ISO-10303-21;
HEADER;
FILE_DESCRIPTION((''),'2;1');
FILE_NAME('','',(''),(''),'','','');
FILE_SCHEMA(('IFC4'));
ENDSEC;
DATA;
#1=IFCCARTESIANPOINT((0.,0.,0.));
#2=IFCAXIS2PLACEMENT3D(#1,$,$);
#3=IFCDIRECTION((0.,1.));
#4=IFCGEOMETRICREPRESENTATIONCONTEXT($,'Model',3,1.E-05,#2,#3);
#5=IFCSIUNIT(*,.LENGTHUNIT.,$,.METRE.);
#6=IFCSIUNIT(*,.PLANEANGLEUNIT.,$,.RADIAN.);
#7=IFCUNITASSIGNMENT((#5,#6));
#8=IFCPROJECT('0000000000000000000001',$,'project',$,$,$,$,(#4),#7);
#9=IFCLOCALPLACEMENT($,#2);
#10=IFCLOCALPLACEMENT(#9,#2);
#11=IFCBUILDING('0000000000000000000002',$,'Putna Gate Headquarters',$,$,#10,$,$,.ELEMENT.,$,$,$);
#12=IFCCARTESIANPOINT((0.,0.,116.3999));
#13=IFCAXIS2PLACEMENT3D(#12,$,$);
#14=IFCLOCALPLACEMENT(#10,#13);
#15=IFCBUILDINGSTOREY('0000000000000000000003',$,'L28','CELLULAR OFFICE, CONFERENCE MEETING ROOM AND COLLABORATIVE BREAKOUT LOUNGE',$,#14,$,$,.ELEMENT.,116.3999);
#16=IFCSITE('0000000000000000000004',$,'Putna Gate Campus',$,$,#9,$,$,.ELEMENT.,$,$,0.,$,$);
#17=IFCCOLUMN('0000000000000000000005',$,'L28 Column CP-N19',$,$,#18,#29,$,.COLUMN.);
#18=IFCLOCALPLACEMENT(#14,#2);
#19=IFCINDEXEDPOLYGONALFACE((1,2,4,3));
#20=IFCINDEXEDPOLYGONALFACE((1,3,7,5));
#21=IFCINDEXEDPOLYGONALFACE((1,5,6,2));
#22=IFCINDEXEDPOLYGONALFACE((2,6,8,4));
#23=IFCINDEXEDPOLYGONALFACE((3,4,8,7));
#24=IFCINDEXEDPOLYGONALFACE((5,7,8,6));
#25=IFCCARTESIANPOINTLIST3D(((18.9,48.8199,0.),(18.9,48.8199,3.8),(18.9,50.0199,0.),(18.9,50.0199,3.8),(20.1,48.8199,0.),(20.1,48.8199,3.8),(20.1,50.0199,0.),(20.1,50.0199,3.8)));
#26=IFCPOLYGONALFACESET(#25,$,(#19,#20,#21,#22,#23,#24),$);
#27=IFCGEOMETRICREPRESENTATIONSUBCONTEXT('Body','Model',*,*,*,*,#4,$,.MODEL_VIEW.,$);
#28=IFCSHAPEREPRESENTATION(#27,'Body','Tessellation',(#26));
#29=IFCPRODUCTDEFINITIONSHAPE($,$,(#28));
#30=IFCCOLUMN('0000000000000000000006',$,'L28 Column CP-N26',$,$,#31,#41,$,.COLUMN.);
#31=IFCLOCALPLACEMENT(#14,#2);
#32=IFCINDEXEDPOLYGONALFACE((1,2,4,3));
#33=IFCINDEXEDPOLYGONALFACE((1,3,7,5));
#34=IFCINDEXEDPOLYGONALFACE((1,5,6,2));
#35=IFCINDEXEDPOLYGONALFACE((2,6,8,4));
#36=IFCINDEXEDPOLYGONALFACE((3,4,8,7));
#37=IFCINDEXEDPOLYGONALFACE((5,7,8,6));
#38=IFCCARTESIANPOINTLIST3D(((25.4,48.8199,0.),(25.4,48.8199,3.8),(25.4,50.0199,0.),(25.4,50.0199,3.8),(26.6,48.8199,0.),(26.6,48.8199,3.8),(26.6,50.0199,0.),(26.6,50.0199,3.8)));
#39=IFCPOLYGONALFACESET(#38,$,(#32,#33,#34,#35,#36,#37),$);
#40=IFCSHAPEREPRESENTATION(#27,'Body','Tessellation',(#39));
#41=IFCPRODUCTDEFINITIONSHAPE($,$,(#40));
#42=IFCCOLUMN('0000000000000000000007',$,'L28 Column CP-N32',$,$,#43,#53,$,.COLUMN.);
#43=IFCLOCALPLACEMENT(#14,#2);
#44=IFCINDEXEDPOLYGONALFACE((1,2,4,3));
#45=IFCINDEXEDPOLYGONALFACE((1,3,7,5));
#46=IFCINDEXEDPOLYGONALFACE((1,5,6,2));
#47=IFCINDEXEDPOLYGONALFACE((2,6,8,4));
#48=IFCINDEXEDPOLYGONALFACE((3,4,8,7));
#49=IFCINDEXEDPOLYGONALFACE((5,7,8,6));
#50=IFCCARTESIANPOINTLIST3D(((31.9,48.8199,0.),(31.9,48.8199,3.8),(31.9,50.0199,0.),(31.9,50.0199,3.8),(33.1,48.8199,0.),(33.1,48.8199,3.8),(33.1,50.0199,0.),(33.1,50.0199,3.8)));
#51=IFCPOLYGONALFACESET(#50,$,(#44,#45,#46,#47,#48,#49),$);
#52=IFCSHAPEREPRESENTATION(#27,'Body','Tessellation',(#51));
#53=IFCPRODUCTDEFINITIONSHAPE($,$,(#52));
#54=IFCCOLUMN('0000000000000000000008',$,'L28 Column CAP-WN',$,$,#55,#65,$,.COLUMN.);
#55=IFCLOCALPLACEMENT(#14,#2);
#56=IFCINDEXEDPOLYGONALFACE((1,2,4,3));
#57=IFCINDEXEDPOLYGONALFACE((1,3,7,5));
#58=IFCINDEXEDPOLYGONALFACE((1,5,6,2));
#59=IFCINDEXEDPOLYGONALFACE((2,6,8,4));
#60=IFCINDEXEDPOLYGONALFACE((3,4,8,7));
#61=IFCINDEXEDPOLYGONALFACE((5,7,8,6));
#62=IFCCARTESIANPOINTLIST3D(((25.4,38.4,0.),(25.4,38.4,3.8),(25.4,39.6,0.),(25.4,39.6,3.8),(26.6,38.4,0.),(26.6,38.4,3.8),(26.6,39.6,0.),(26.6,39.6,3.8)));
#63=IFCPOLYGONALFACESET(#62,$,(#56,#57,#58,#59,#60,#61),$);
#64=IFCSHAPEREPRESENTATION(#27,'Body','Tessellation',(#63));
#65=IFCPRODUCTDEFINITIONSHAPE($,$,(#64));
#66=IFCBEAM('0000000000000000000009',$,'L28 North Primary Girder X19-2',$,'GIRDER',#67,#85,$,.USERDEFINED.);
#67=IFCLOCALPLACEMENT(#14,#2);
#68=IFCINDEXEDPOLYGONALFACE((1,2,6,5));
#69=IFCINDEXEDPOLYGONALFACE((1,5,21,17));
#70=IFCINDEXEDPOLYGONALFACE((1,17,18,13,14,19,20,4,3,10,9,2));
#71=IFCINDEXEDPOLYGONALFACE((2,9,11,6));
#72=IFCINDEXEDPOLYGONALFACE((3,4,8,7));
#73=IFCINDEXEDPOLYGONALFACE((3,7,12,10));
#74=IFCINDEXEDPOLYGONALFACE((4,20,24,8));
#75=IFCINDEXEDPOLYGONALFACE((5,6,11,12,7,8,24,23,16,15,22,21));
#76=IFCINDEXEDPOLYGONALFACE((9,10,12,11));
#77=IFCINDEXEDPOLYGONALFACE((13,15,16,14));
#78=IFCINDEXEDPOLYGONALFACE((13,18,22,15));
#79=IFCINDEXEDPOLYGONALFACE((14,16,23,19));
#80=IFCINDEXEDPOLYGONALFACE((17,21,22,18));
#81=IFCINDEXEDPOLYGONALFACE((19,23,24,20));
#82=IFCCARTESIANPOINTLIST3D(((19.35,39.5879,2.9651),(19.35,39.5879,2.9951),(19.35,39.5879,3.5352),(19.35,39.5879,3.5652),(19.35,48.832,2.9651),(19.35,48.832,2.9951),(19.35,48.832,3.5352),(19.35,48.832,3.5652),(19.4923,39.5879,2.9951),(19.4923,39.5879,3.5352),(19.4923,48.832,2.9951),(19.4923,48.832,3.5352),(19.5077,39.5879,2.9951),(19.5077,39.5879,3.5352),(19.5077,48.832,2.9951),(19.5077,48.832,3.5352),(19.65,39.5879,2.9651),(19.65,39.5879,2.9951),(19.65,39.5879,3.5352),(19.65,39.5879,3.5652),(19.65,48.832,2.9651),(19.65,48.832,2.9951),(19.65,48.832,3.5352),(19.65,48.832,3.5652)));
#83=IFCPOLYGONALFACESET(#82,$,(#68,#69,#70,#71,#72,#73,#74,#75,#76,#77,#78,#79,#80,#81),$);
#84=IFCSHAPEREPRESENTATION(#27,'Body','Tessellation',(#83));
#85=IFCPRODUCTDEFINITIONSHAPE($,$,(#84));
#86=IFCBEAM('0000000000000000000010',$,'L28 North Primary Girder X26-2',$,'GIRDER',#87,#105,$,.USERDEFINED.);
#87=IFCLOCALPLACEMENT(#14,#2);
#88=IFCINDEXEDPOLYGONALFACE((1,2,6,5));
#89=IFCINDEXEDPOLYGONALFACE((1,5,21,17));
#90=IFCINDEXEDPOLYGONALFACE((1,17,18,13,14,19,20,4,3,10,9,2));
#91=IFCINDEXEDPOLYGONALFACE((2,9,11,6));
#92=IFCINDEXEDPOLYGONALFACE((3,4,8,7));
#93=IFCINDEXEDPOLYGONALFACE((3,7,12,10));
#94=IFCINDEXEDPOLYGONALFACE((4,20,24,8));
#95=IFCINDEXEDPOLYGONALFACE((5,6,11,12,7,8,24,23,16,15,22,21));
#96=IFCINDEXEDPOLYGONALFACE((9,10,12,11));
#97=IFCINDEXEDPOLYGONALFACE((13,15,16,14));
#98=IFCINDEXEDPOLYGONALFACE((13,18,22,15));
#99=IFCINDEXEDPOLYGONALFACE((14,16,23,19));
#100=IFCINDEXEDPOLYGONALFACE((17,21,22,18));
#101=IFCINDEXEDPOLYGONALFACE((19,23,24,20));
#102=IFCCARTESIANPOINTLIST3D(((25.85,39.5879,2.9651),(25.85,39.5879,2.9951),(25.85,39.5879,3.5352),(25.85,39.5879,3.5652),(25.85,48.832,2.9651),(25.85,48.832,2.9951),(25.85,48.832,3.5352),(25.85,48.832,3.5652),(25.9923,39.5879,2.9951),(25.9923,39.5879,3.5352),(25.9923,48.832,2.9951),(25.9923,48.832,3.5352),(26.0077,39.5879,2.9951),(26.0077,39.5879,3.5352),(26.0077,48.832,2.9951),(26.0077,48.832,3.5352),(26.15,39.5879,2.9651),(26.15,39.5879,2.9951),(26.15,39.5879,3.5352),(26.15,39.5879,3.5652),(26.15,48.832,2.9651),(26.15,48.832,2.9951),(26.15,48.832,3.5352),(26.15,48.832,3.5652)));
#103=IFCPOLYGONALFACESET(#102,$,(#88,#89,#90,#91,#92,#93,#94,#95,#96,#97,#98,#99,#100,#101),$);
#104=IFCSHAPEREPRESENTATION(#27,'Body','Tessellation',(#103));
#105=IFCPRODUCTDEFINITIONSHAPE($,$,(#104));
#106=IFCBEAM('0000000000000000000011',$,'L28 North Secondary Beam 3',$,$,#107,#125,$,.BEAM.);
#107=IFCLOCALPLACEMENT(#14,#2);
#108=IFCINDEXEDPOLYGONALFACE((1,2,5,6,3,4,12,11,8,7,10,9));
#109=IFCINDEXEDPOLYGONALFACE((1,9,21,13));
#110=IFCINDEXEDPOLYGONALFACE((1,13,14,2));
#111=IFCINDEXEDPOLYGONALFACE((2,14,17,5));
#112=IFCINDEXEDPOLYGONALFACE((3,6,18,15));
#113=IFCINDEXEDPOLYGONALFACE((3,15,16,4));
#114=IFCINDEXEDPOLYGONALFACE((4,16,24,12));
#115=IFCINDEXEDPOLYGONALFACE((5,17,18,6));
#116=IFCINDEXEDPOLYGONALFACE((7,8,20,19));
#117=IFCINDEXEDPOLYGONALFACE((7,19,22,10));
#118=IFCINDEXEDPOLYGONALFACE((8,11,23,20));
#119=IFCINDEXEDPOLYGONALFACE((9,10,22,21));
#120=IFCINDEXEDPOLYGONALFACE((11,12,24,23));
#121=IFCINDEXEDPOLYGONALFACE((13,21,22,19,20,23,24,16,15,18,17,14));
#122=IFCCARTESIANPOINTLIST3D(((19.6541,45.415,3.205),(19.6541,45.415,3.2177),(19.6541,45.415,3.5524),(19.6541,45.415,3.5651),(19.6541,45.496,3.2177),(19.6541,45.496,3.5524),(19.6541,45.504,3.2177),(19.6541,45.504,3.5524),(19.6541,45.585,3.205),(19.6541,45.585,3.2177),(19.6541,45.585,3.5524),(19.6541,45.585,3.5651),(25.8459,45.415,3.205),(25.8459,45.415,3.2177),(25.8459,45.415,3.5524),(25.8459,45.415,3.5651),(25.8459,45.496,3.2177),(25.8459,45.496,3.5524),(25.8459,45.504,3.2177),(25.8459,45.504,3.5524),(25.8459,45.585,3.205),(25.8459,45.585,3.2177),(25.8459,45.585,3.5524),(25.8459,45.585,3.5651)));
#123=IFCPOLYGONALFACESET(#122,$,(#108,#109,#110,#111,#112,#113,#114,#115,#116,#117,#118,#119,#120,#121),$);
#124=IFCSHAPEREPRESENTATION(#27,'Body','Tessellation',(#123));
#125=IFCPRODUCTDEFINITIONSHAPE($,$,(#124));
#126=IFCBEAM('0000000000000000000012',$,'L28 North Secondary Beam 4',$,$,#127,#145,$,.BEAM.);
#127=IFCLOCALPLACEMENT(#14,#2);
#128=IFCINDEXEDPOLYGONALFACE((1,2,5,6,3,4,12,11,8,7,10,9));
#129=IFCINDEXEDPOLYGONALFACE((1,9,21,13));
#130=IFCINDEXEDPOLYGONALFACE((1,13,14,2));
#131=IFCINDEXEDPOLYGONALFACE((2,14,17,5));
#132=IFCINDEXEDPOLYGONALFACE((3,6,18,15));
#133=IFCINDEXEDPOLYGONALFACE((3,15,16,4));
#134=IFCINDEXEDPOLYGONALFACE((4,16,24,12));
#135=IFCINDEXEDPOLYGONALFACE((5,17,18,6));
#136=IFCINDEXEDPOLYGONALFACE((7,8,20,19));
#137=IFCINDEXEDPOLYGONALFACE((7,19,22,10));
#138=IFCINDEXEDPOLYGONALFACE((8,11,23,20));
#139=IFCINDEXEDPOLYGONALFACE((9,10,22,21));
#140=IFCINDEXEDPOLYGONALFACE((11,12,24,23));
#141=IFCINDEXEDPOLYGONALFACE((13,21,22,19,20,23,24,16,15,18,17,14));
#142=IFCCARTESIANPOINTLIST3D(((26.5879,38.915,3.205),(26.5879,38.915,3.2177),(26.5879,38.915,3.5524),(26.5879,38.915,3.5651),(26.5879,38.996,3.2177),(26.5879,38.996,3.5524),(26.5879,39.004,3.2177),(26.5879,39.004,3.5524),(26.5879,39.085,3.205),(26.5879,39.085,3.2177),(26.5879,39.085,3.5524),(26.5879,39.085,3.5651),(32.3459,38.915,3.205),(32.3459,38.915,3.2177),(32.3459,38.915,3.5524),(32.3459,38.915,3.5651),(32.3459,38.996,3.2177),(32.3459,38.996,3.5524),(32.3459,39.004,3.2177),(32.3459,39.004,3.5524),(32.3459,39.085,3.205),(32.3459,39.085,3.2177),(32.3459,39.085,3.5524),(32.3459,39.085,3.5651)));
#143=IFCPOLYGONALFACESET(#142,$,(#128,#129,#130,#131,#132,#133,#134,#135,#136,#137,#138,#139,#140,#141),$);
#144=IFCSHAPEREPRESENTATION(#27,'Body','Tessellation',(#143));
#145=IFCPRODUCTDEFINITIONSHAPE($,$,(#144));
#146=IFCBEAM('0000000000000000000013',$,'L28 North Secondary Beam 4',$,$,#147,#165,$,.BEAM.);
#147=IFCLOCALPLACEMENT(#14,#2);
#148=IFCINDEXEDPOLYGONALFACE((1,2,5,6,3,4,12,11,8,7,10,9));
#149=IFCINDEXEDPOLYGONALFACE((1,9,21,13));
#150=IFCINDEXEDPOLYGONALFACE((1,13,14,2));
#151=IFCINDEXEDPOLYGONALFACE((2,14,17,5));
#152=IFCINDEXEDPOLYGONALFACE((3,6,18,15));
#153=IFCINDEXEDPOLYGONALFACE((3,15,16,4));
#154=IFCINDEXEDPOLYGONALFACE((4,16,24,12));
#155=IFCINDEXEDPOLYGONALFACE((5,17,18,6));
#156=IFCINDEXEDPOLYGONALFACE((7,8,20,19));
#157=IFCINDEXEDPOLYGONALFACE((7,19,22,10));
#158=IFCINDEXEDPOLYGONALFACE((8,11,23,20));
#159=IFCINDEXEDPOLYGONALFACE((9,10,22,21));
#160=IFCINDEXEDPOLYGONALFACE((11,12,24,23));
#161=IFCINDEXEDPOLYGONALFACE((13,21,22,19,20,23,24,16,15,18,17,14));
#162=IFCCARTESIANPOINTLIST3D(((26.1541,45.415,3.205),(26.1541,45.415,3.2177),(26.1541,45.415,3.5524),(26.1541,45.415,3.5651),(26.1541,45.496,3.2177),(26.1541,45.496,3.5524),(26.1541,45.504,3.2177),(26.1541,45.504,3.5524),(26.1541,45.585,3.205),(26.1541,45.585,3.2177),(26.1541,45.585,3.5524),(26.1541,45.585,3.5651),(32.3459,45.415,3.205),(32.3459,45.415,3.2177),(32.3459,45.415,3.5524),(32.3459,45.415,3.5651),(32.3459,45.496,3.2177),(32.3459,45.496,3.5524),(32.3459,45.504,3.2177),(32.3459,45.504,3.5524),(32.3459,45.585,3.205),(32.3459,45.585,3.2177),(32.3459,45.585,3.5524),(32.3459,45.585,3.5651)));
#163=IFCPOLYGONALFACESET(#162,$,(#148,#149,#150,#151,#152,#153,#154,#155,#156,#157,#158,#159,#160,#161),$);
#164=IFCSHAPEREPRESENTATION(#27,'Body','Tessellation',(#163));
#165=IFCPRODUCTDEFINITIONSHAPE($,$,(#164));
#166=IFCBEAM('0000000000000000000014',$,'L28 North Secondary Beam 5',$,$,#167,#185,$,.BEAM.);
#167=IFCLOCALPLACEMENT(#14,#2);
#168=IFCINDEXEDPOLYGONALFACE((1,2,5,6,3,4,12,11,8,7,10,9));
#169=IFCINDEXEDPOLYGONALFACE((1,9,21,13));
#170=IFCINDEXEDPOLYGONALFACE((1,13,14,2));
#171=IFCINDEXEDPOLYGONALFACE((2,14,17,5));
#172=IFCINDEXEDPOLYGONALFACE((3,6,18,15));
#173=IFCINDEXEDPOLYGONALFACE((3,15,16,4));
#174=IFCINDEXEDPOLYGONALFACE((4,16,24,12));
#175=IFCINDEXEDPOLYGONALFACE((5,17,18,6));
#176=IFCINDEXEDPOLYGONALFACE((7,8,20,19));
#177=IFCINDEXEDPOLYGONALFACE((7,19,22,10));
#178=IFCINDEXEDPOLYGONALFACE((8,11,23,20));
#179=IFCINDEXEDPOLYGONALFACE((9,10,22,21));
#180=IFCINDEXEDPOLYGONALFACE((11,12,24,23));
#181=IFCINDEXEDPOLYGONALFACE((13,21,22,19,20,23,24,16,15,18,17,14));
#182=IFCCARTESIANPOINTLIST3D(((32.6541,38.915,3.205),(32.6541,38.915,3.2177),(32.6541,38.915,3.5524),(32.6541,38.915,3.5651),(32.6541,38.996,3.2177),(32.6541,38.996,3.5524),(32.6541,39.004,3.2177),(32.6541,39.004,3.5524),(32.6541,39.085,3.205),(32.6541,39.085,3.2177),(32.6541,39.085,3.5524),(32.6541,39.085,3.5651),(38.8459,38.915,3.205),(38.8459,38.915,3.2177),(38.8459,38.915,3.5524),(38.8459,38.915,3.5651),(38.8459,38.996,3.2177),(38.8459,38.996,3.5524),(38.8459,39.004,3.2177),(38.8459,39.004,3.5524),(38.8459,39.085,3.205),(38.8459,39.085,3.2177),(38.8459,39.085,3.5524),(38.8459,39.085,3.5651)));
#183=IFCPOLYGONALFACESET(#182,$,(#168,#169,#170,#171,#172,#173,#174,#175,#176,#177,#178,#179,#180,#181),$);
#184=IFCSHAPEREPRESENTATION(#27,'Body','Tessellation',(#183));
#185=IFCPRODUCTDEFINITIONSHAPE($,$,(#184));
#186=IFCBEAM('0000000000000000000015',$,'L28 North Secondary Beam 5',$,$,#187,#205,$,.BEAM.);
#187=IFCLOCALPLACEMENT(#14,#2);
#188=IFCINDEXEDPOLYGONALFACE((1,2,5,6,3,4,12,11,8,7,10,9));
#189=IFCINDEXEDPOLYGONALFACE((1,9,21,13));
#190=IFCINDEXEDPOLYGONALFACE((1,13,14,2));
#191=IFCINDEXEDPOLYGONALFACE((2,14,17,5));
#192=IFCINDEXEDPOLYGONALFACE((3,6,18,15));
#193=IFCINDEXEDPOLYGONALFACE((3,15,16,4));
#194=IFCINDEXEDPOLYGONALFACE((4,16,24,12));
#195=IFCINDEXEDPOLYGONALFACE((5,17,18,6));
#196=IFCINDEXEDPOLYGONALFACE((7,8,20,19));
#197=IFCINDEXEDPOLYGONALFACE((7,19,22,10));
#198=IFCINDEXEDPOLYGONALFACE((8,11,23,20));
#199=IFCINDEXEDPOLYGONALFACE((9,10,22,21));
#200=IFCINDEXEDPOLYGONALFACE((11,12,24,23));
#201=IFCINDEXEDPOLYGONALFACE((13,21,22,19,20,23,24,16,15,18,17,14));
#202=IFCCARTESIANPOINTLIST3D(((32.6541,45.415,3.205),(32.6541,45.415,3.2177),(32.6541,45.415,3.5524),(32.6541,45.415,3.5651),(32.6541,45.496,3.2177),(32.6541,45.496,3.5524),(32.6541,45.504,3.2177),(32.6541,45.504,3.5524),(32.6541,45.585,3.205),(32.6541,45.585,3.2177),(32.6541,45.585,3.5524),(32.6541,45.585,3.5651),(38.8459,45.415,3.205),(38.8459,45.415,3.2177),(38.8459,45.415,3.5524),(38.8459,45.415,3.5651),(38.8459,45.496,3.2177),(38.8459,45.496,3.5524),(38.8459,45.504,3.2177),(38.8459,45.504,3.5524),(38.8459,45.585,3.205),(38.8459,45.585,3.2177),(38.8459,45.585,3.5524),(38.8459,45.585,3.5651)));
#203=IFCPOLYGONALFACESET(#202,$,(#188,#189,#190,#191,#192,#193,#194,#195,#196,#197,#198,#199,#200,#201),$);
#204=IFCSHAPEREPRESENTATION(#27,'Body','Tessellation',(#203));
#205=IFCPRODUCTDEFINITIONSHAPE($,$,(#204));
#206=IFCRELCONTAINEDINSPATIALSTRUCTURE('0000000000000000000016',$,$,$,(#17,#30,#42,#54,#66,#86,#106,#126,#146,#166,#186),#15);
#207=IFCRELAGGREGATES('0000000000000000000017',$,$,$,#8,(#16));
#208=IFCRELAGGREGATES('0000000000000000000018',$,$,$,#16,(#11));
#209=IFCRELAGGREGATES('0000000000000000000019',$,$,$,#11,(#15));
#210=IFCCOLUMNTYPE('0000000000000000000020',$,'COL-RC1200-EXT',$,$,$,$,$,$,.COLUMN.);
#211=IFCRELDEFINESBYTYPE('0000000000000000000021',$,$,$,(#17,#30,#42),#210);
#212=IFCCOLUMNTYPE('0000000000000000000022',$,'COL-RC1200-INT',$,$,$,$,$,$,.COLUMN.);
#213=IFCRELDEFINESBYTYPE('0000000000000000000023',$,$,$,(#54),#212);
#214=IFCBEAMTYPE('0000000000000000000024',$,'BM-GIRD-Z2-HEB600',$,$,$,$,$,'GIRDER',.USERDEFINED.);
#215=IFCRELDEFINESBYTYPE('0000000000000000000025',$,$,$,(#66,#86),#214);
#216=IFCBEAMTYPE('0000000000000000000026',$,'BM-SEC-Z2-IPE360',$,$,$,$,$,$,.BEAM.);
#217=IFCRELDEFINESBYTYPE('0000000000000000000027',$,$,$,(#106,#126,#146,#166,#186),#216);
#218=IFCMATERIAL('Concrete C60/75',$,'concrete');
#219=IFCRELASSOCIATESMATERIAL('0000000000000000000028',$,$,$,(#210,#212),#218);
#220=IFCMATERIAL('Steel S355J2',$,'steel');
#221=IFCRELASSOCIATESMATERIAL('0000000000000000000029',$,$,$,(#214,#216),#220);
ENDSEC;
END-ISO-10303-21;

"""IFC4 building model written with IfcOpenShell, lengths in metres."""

from ifc_helpers import new_model, si_unit, direction, frame, origin, origin_2d, place, context, subcontext, project, spatial, rectangle, i_section, extrude, material, material_profile, profile_set, type_object, element, save


model = new_model("IFC4")

# Units and contexts
model_context = context("Model", 3, precision=1e-05, world=origin(), true_north=direction((0.0, 1.0)))
body_context = subcontext(model_context, "Body", "Model", "MODEL_VIEW")
ifc_project = project(units=[si_unit("LENGTHUNIT", "METRE"), si_unit("PLANEANGLEUNIT", "RADIAN")], contexts=[model_context])

# Site, building, storey
site_placement = place(None, origin())
site = spatial("IfcSite", under=ifc_project, at=site_placement, Name="Putna Gate Campus", CompositionType="ELEMENT", RefElevation=0.0)
building_placement = place(site_placement, origin())
building = spatial("IfcBuilding", under=site, at=building_placement, Name="Putna Gate Headquarters", CompositionType="ELEMENT")
storey_placement = place(building_placement, frame((0.0, 0.0, 116.3999)))
storey = spatial("IfcBuildingStorey", under=building, at=storey_placement, Name="L28", Description="CELLULAR OFFICE, CONFERENCE MEETING ROOM AND COLLABORATIVE BREAKOUT LOUNGE", CompositionType="ELEMENT", Elevation=116.3999)

# Columns
ifc_material_1 = material(Name="Concrete C60/75", Category="concrete")
ifc_material_profile_1 = material_profile(ifc_material_1, rectangle(XDim=1.2, YDim=1.2, at=origin_2d()), Name="Concrete C60/75")
ifc_profile_set_1 = profile_set([ifc_material_profile_1], Name="Concrete C60/75")
column_type_1 = type_object("IfcColumnType", Name="COL-RC1200-EXT", PredefinedType="COLUMN", material=ifc_profile_set_1)
for number, where, z_axis, x_axis, name in (
    (1, (19.5, 49.4199, 0.0), (0.0, 0.0, 1.0), (1.0, 0.0, 0.0), "L28 Column CP-N19"),
    (2, (26.0, 49.4199, 0.0), (0.0, 0.0, 1.0), (1.0, 0.0, 0.0), "L28 Column CP-N26"),
    (3, (32.5, 49.4199, 0.0), (0.0, 0.0, 1.0), (1.0, 0.0, 0.0), "L28 Column CP-N32"),
):
    element("IfcColumn", number, at=place(storey_placement, frame(where, z_axis=z_axis, x_axis=x_axis)), inside=storey, type_object=column_type_1, Name=name, PredefinedType="COLUMN", context=body_context, shape_type="SweptSolid", body=[
        extrude(rectangle(XDim=1.2, YDim=1.2, at=origin_2d()), origin(), (0.0, 0.0, 1.0), 3.8),
    ])
ifc_material_profile_2 = material_profile(ifc_material_1, rectangle(XDim=1.2, YDim=1.2, at=origin_2d()), Name="Concrete C60/75")
ifc_profile_set_2 = profile_set([ifc_material_profile_2], Name="Concrete C60/75")
column_type_2 = type_object("IfcColumnType", Name="COL-RC1200-INT", PredefinedType="COLUMN", material=ifc_profile_set_2)
column_placement = place(storey_placement, frame((26.0, 39.0, 0.0), z_axis=(0.0, 0.0, 1.0), x_axis=(1.0, 0.0, 0.0)))
element("IfcColumn", 4, at=column_placement, inside=storey, type_object=column_type_2, Name="L28 Column CAP-WN", PredefinedType="COLUMN", context=body_context, shape_type="SweptSolid", body=[
    extrude(rectangle(XDim=1.2, YDim=1.2, at=origin_2d()), origin(), (0.0, 0.0, 1.0), 3.8),
])

# Beams
ifc_material_2 = material(Name="Steel S355J2", Category="steel")
ifc_material_profile_3 = material_profile(ifc_material_2, i_section(OverallWidth=0.3, OverallDepth=0.6001, WebThickness=0.0154, FlangeThickness=0.03, at=origin_2d()), Name="Steel S355J2")
ifc_profile_set_3 = profile_set([ifc_material_profile_3], Name="Steel S355J2")
beam_type_1 = type_object("IfcBeamType", Name="BM-GIRD-Z2-HEB600", ElementType="GIRDER", PredefinedType="USERDEFINED", material=ifc_profile_set_3)
for number, where, z_axis, x_axis, name in (
    (5, (19.5, 39.5879, 3.2651), (0.0, 1.0, 0.0), (-1.0, 0.0, 0.0), "L28 North Primary Girder X19-2"),
    (6, (26.0, 39.5879, 3.2651), (0.0, 1.0, 0.0), (-1.0, 0.0, 0.0), "L28 North Primary Girder X26-2"),
):
    element("IfcBeam", number, at=place(storey_placement, frame(where, z_axis=z_axis, x_axis=x_axis)), inside=storey, type_object=beam_type_1, Name=name, ObjectType="GIRDER", PredefinedType="USERDEFINED", context=body_context, shape_type="SweptSolid", body=[
        extrude(i_section(OverallWidth=0.3, OverallDepth=0.6001, WebThickness=0.0154, FlangeThickness=0.03, at=origin_2d()), origin(), (0.0, 0.0, 1.0), 9.2441),
    ])
ifc_material_profile_4 = material_profile(ifc_material_2, i_section(OverallWidth=0.1699, OverallDepth=0.3601, WebThickness=0.0081, FlangeThickness=0.0127, at=origin_2d()), Name="Steel S355J2")
ifc_profile_set_4 = profile_set([ifc_material_profile_4], Name="Steel S355J2")
beam_type_2 = type_object("IfcBeamType", Name="BM-SEC-Z2-IPE360", PredefinedType="BEAM", material=ifc_profile_set_4)
beam_1_placement = place(storey_placement, frame((19.6541, 45.5, 3.385), z_axis=(1.0, 0.0, 0.0), x_axis=(0.0, 1.0, 0.0)))
element("IfcBeam", 7, at=beam_1_placement, inside=storey, type_object=beam_type_2, Name="L28 North Secondary Beam 3", PredefinedType="BEAM", context=body_context, shape_type="SweptSolid", body=[
    extrude(i_section(OverallWidth=0.1699, OverallDepth=0.3601, WebThickness=0.0081, FlangeThickness=0.0127, at=origin_2d()), origin(), (0.0, 0.0, 1.0), 6.1919),
])
beam_2_placement = place(storey_placement, frame((26.5879, 39.0, 3.385), z_axis=(1.0, 0.0, 0.0), x_axis=(0.0, 1.0, 0.0)))
element("IfcBeam", 8, at=beam_2_placement, inside=storey, type_object=beam_type_2, Name="L28 North Secondary Beam 4", PredefinedType="BEAM", context=body_context, shape_type="SweptSolid", body=[
    extrude(i_section(OverallWidth=0.1699, OverallDepth=0.3601, WebThickness=0.0081, FlangeThickness=0.0127, at=origin_2d()), origin(), (0.0, 0.0, 1.0), 5.7581),
])
for number, where, z_axis, x_axis, name in (
    (9, (26.1541, 45.5, 3.385), (1.0, 0.0, 0.0), (0.0, 1.0, 0.0), "L28 North Secondary Beam 4"),
    (10, (32.6541, 39.0, 3.385), (1.0, 0.0, 0.0), (0.0, 1.0, 0.0), "L28 North Secondary Beam 5"),
    (11, (32.6541, 45.5, 3.385), (1.0, 0.0, 0.0), (0.0, 1.0, 0.0), "L28 North Secondary Beam 5"),
):
    element("IfcBeam", number, at=place(storey_placement, frame(where, z_axis=z_axis, x_axis=x_axis)), inside=storey, type_object=beam_type_2, Name=name, PredefinedType="BEAM", context=body_context, shape_type="SweptSolid", body=[
        extrude(i_section(OverallWidth=0.1699, OverallDepth=0.3601, WebThickness=0.0081, FlangeThickness=0.0127, at=origin_2d()), origin(), (0.0, 0.0, 1.0), 6.1919),
    ])

save(model, "model.ifc")
